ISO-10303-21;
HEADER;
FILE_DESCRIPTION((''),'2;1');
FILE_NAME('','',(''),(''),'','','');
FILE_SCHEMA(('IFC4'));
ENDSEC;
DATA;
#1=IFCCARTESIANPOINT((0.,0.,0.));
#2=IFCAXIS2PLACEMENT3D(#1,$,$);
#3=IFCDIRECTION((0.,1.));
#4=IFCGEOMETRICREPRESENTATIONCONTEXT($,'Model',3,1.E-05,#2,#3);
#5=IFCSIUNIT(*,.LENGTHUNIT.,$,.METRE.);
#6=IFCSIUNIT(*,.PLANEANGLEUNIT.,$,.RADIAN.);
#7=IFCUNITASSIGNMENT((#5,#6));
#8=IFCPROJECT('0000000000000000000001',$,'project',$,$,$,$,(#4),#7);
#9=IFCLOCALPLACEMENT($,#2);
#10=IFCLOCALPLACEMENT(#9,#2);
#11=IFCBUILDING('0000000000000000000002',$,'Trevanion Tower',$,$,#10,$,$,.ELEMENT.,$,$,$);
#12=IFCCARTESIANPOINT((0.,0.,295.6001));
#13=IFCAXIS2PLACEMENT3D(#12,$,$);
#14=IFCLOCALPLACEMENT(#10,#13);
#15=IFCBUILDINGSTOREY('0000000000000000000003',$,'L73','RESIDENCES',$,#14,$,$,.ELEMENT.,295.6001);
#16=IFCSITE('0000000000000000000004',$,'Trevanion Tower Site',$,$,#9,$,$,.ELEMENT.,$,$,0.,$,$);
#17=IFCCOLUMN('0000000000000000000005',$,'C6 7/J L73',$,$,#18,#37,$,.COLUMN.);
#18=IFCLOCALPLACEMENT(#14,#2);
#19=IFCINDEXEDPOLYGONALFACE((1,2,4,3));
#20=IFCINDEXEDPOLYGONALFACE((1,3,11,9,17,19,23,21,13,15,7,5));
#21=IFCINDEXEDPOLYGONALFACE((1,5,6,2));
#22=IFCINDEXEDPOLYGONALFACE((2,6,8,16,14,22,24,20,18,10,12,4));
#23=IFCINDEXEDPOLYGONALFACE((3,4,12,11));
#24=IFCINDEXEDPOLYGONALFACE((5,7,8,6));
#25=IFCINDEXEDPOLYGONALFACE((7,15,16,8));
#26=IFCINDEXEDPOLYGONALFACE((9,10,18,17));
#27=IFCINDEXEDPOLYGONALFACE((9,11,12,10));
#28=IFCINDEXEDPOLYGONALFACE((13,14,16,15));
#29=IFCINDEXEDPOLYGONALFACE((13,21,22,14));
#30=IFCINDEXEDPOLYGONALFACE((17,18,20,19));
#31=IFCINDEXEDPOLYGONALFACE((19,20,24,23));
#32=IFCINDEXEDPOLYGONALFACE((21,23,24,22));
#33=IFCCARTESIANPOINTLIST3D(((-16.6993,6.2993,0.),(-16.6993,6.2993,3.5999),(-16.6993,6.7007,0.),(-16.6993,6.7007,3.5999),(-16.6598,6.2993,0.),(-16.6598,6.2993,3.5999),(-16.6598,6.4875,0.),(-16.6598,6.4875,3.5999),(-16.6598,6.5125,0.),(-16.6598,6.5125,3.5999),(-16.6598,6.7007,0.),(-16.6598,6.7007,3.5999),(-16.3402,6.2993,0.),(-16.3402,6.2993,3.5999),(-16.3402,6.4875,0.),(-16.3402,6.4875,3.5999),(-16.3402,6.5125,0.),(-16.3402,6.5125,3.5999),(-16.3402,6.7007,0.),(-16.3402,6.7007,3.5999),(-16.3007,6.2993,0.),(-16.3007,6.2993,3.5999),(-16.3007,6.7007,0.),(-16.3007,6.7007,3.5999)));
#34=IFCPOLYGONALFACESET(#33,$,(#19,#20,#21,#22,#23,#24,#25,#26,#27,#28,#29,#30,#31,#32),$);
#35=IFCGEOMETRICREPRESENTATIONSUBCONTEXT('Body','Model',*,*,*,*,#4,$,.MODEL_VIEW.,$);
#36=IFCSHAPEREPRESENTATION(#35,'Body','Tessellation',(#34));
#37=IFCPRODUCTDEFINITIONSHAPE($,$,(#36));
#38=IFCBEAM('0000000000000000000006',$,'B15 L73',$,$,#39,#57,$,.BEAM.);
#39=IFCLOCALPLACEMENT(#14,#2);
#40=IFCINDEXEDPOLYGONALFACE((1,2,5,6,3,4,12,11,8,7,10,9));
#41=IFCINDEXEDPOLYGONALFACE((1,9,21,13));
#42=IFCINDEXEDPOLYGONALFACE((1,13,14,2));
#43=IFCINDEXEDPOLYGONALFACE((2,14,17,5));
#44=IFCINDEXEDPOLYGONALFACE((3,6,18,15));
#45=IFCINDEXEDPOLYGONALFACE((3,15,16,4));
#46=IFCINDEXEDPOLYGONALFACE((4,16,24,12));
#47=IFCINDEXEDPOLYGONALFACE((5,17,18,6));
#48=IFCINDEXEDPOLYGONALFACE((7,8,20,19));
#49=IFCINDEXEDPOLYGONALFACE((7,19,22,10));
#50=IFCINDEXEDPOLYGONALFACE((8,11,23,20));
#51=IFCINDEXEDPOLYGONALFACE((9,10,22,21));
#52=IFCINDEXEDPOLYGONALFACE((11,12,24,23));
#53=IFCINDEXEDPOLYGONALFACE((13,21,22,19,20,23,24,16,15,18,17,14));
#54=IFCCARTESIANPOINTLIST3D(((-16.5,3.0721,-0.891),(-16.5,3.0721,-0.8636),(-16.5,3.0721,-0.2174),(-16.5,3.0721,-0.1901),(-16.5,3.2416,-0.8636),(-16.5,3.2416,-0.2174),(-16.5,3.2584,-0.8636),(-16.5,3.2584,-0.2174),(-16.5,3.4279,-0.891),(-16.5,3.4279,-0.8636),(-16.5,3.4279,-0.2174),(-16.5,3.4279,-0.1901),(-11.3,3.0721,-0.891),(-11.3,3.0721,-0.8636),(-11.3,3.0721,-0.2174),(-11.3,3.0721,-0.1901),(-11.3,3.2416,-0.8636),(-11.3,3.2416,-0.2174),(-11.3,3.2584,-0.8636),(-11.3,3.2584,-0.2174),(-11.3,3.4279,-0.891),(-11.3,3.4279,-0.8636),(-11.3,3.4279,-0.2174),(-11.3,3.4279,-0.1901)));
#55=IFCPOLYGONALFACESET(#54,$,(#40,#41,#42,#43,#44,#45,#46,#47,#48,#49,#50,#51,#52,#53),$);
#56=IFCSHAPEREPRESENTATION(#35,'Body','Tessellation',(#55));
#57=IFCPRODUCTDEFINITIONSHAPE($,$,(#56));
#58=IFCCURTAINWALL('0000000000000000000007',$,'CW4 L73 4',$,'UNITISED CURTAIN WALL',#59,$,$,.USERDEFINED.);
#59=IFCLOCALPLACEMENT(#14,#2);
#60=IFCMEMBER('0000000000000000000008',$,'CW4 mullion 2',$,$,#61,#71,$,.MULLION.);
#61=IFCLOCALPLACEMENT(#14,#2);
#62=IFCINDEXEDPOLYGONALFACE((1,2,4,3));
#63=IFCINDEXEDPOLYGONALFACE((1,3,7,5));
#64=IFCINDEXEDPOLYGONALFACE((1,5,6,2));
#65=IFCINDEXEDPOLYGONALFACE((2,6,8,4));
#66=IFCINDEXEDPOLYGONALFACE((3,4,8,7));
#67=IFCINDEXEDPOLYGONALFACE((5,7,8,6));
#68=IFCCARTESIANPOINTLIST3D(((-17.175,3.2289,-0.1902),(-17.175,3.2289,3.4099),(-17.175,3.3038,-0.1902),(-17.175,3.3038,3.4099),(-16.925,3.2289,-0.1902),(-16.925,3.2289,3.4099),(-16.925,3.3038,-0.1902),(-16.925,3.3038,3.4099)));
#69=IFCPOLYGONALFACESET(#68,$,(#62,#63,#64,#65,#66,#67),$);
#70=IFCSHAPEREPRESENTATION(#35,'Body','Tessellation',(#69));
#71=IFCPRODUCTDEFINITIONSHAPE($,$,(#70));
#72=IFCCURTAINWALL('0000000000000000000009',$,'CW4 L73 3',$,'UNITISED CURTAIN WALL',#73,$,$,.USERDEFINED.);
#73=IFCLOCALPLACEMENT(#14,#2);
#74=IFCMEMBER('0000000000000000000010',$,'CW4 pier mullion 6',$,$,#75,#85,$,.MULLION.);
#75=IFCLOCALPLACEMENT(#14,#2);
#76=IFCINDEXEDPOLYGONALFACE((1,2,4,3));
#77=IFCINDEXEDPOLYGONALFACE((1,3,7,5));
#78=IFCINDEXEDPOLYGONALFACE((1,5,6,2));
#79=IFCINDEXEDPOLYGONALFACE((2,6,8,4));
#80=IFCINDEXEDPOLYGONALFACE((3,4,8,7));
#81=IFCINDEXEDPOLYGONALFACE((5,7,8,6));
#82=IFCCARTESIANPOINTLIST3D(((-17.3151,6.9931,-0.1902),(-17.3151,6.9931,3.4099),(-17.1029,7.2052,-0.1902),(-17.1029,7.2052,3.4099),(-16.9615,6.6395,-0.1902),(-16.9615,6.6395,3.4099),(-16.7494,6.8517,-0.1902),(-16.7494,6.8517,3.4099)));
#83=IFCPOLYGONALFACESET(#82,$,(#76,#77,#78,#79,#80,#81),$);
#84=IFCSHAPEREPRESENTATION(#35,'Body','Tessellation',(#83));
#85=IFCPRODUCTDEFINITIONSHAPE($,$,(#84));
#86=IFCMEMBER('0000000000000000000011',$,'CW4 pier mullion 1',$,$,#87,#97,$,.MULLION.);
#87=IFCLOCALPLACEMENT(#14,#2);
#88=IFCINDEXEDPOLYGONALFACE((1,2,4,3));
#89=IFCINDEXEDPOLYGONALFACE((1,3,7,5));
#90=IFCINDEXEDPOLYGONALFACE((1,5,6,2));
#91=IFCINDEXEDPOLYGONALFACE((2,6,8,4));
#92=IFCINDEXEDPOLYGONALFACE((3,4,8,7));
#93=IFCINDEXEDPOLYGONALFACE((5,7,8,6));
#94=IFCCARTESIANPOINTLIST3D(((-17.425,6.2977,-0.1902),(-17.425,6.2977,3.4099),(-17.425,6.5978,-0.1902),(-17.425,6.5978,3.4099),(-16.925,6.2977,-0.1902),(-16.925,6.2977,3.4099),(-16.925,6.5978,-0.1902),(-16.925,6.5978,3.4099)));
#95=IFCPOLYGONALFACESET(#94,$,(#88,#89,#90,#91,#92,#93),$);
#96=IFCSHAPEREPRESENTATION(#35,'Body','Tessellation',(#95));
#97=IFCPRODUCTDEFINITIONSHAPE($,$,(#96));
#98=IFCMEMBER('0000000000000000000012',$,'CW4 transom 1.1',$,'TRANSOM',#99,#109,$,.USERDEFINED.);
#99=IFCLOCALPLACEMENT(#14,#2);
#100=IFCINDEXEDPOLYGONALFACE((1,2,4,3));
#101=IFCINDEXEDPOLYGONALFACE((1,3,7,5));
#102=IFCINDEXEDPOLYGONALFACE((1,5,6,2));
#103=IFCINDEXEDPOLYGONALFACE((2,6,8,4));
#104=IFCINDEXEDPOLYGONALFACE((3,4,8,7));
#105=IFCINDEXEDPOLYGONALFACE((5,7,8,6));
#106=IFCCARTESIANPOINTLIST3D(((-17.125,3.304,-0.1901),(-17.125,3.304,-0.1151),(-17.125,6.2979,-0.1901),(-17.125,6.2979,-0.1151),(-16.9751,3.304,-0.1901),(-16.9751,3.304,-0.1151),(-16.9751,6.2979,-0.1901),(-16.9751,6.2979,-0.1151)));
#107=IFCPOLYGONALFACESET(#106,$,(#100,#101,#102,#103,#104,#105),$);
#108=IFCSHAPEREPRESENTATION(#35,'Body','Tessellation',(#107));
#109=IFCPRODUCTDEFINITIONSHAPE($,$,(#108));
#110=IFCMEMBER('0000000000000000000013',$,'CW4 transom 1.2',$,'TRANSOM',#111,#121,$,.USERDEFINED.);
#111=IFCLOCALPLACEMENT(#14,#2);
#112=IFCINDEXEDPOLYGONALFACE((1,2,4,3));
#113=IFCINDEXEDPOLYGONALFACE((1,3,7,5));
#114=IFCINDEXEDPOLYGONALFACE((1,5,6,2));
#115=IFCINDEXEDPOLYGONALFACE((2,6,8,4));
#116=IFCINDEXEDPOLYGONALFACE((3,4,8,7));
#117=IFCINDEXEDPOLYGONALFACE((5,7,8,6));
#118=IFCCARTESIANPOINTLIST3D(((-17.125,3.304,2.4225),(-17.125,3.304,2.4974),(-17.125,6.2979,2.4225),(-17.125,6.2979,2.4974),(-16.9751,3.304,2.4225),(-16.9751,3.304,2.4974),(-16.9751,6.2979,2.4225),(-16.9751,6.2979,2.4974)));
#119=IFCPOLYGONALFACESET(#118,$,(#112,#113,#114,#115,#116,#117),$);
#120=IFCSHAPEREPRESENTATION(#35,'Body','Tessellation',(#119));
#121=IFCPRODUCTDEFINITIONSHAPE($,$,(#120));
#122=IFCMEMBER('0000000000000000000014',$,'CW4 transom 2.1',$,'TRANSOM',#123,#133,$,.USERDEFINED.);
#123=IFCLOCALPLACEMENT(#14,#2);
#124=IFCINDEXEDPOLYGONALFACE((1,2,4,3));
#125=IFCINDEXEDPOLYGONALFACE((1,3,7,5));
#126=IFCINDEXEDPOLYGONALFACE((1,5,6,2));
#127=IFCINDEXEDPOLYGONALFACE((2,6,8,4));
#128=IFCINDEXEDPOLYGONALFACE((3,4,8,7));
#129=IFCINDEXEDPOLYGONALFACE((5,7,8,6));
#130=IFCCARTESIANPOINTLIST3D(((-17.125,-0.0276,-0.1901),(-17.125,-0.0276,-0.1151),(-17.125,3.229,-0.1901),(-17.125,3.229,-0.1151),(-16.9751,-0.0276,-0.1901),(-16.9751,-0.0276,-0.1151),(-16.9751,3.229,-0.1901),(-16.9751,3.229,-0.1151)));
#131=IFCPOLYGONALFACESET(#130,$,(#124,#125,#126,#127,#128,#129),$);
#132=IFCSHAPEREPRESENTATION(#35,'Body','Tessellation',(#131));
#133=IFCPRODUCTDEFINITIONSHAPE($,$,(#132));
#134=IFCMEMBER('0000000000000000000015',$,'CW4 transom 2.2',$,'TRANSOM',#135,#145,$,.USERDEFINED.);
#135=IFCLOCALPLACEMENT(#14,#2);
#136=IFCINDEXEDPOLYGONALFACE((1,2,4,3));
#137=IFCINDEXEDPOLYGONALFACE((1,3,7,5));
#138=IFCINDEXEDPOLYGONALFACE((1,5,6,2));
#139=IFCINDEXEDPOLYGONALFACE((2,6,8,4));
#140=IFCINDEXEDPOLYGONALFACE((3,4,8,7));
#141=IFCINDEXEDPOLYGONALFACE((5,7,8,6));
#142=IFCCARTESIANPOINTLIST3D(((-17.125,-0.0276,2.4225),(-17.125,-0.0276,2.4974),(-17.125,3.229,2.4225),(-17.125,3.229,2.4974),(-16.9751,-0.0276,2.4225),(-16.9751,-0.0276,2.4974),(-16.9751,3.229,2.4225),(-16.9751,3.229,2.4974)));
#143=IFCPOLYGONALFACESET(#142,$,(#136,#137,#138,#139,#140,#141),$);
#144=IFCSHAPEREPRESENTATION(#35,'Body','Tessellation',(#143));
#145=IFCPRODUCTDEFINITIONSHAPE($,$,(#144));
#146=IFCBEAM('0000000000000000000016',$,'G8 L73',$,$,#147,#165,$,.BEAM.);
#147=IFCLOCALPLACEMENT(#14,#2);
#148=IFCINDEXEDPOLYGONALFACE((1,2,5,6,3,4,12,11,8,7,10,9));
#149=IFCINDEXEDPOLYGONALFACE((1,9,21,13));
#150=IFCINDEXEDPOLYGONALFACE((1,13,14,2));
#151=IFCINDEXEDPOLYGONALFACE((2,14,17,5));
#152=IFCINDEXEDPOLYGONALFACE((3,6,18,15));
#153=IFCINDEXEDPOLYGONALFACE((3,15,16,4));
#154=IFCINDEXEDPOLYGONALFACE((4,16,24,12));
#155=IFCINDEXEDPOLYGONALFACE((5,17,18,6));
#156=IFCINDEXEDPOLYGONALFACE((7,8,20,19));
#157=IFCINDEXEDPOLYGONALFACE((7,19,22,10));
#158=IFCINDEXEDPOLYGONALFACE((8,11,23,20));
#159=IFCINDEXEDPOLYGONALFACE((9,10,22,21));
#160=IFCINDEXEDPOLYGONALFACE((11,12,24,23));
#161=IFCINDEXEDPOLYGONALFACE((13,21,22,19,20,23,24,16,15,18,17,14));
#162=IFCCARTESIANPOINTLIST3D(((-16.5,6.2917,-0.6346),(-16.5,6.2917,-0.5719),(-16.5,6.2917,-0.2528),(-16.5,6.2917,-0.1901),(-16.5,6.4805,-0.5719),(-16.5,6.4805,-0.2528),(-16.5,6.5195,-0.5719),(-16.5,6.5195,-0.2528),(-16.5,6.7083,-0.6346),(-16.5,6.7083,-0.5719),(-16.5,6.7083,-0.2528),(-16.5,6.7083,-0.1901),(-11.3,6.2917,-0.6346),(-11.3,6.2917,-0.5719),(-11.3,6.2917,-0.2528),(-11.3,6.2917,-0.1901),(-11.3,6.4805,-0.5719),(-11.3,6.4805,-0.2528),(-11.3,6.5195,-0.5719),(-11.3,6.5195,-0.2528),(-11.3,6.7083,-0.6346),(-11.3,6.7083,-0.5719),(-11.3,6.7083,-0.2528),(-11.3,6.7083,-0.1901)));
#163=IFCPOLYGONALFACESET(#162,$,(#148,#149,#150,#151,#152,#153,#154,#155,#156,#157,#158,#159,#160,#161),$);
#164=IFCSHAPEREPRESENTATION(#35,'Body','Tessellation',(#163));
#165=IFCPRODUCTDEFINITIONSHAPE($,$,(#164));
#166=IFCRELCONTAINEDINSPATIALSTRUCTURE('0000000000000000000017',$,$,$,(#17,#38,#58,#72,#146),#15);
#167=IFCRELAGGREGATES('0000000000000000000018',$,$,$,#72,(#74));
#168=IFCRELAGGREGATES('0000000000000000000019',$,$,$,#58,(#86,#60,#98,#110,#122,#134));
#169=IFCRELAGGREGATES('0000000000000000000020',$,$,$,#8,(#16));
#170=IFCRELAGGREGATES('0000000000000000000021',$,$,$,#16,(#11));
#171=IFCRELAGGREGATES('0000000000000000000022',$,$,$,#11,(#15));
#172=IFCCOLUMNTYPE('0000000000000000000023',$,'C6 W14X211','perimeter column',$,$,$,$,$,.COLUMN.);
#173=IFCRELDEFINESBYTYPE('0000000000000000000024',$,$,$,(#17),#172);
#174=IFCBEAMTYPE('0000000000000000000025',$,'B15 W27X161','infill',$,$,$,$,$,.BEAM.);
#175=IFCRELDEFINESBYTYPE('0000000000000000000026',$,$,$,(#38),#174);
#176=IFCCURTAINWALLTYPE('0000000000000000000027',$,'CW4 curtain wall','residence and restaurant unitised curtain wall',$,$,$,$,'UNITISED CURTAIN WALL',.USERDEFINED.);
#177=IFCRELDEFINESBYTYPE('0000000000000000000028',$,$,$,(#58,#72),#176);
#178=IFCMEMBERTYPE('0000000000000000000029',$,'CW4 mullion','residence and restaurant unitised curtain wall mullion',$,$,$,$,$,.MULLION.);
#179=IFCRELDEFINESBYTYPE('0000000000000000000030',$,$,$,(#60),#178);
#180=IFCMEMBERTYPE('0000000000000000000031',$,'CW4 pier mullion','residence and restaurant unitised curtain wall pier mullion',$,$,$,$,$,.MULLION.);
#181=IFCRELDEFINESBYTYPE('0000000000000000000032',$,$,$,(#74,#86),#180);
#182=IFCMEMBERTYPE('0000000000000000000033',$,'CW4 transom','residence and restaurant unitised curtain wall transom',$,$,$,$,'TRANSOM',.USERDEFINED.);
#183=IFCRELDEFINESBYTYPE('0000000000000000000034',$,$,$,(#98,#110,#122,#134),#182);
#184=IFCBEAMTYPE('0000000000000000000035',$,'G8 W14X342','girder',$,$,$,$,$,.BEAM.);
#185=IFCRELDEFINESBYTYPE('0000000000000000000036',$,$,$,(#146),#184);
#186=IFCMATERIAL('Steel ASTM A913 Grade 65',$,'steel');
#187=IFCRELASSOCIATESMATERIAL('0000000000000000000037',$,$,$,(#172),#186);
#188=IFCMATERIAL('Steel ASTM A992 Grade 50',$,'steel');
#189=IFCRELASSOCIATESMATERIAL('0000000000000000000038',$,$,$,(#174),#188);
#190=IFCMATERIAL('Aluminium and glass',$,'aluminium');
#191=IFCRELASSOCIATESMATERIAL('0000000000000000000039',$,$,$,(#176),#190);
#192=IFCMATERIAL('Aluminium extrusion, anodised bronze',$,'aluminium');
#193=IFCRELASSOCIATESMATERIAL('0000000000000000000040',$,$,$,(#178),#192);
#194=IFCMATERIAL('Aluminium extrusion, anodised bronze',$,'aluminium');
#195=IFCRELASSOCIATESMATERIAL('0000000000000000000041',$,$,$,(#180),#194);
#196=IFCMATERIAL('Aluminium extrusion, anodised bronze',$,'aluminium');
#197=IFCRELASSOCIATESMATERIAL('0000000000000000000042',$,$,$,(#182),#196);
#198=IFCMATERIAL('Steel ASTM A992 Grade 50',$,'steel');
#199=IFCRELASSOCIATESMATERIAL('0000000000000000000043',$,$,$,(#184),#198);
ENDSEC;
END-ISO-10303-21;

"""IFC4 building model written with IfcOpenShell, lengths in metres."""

from ifc_helpers import new_model, si_unit, direction, frame, origin, origin_2d, place, context, subcontext, project, spatial, rectangle, i_section, extrude, material, material_profile, profile_set, type_object, element, aggregate, save


model = new_model("IFC4")

# Units and contexts
model_context = context("Model", 3, precision=1e-05, world=origin(), true_north=direction((0.0, 1.0)))
body_context = subcontext(model_context, "Body", "Model", "MODEL_VIEW")
ifc_project = project(units=[si_unit("LENGTHUNIT", "METRE"), si_unit("PLANEANGLEUNIT", "RADIAN")], contexts=[model_context])

# Site, building, storey
site_placement = place(None, origin())
site = spatial("IfcSite", under=ifc_project, at=site_placement, Name="Trevanion Tower Site", CompositionType="ELEMENT", RefElevation=0.0)
building_placement = place(site_placement, origin())
building = spatial("IfcBuilding", under=site, at=building_placement, Name="Trevanion Tower", CompositionType="ELEMENT")
storey_placement = place(building_placement, frame((0.0, 0.0, 295.6001)))
storey = spatial("IfcBuildingStorey", under=building, at=storey_placement, Name="L73", Description="RESIDENCES", CompositionType="ELEMENT", Elevation=295.6001)

# Column
ifc_material_1 = material(Name="Steel ASTM A913 Grade 65", Category="steel")
ifc_material_profile_1 = material_profile(ifc_material_1, i_section(OverallWidth=0.4014, OverallDepth=0.3987, WebThickness=0.0249, FlangeThickness=0.0396, at=origin_2d()), Name="W14X211")
ifc_profile_set_1 = profile_set([ifc_material_profile_1], Name="Steel ASTM A913 Grade 65")
column_type = type_object("IfcColumnType", Name="C6 W14X211", Description="perimeter column", PredefinedType="COLUMN", material=ifc_profile_set_1)
column_placement = place(storey_placement, frame((-16.5, 6.5, 0.0), z_axis=(0.0, 0.0, 1.0), x_axis=(0.0, 1.0, 0.0)))
element("IfcColumn", 1, at=column_placement, inside=storey, type_object=column_type, Name="C6 7/J L73", PredefinedType="COLUMN", context=body_context, shape_type="SweptSolid", body=[
    extrude(i_section(OverallWidth=0.4014, OverallDepth=0.3987, WebThickness=0.0249, FlangeThickness=0.0396, at=origin_2d()), origin(), (0.0, 0.0, 1.0), 3.5999),
])

# Beam
ifc_material_2 = material(Name="Steel ASTM A992 Grade 50", Category="steel")
ifc_material_profile_2 = material_profile(ifc_material_2, i_section(OverallWidth=0.3557, OverallDepth=0.7009, WebThickness=0.0168, FlangeThickness=0.0273, at=origin_2d()), Name="W27X161")
ifc_profile_set_2 = profile_set([ifc_material_profile_2], Name="Steel ASTM A992 Grade 50")
beam_type_1 = type_object("IfcBeamType", Name="B15 W27X161", Description="infill", PredefinedType="BEAM", material=ifc_profile_set_2)
beam_1_placement = place(storey_placement, frame((-11.3, 3.25, -0.5405), z_axis=(-1.0, 0.0, 0.0), x_axis=(0.0, -1.0, 0.0)))
element("IfcBeam", 2, at=beam_1_placement, inside=storey, type_object=beam_type_1, Name="B15 L73", PredefinedType="BEAM", context=body_context, shape_type="SweptSolid", body=[
    extrude(i_section(OverallWidth=0.3557, OverallDepth=0.7009, WebThickness=0.0168, FlangeThickness=0.0273, at=origin_2d()), origin(), (0.0, 0.0, 1.0), 5.2),
])

# Curtain walls, members
ifc_material_3 = material(Name="Aluminium and glass", Category="aluminium")
curtain_wall_type = type_object("IfcCurtainWallType", Name="CW4 curtain wall", Description="residence and restaurant unitised curtain wall", ElementType="UNITISED CURTAIN WALL", PredefinedType="USERDEFINED", material=ifc_material_3)
curtain_wall_1_placement = place(storey_placement, origin())
curtain_wall_1 = element("IfcCurtainWall", 3, at=curtain_wall_1_placement, inside=storey, type_object=curtain_wall_type, Name="CW4 L73 4", ObjectType="UNITISED CURTAIN WALL", PredefinedType="USERDEFINED")
ifc_material_4 = material(Name="Aluminium extrusion, anodised bronze", Category="aluminium")
ifc_material_profile_3 = material_profile(ifc_material_4, rectangle(XDim=0.075, YDim=0.25, at=origin_2d()), Name="CW4 mullion")
ifc_profile_set_3 = profile_set([ifc_material_profile_3], Name="Aluminium extrusion, anodised bronze")
member_type_1 = type_object("IfcMemberType", Name="CW4 mullion", Description="residence and restaurant unitised curtain wall mullion", PredefinedType="MULLION", material=ifc_profile_set_3)
member_1_placement = place(storey_placement, frame((-17.05, 3.2664, -0.1902), z_axis=(0.0, 0.0, 1.0), x_axis=(0.0, -1.0, 0.0)))
member_1 = element("IfcMember", 4, at=member_1_placement, type_object=member_type_1, Name="CW4 mullion 2", PredefinedType="MULLION", context=body_context, shape_type="SweptSolid", body=[
    extrude(rectangle(XDim=0.075, YDim=0.25, at=origin_2d()), origin(), (0.0, 0.0, 1.0), 3.6001),
])
curtain_wall_2_placement = place(storey_placement, origin())
curtain_wall_2 = element("IfcCurtainWall", 5, at=curtain_wall_2_placement, inside=storey, type_object=curtain_wall_type, Name="CW4 L73 3", ObjectType="UNITISED CURTAIN WALL", PredefinedType="USERDEFINED")
ifc_material_5 = material(Name="Aluminium extrusion, anodised bronze", Category="aluminium")
ifc_material_profile_4 = material_profile(ifc_material_5, rectangle(XDim=0.3, YDim=0.5, at=origin_2d()), Name="CW4 pier mullion")
ifc_profile_set_4 = profile_set([ifc_material_profile_4], Name="Aluminium extrusion, anodised bronze")
member_type_2 = type_object("IfcMemberType", Name="CW4 pier mullion", Description="residence and restaurant unitised curtain wall pier mullion", PredefinedType="MULLION", material=ifc_profile_set_4)
member_2_placement = place(storey_placement, frame((-17.0322, 6.9224, -0.1902), z_axis=(0.0, 0.0, 1.0), x_axis=(-0.707107, -0.707107, 0.0)))
member_2 = element("IfcMember", 6, at=member_2_placement, type_object=member_type_2, Name="CW4 pier mullion 6", PredefinedType="MULLION", context=body_context, shape_type="SweptSolid", body=[
    extrude(rectangle(XDim=0.3, YDim=0.5, at=origin_2d()), origin(), (0.0, 0.0, 1.0), 3.6001),
])

# Members
member_3_placement = place(storey_placement, frame((-17.175, 6.4478, -0.1902), z_axis=(0.0, 0.0, 1.0), x_axis=(0.0, -1.0, 0.0)))
member_3 = element("IfcMember", 7, at=member_3_placement, type_object=member_type_2, Name="CW4 pier mullion 1", PredefinedType="MULLION", context=body_context, shape_type="SweptSolid", body=[
    extrude(rectangle(XDim=0.3, YDim=0.5, at=origin_2d()), origin(), (0.0, 0.0, 1.0), 3.6001),
])
ifc_material_6 = material(Name="Aluminium extrusion, anodised bronze", Category="aluminium")
ifc_material_profile_5 = material_profile(ifc_material_6, rectangle(XDim=0.1499, YDim=0.075, at=origin_2d()), Name="CW4 transom")
ifc_profile_set_5 = profile_set([ifc_material_profile_5], Name="Aluminium extrusion, anodised bronze")
member_type_3 = type_object("IfcMemberType", Name="CW4 transom", Description="residence and restaurant unitised curtain wall transom", ElementType="TRANSOM", PredefinedType="USERDEFINED", material=ifc_profile_set_5)
member_4_placement = place(storey_placement, frame((-17.05, 6.2979, -0.1526), z_axis=(0.0, -1.0, 0.0), x_axis=(1.0, 0.0, 0.0)))
member_4 = element("IfcMember", 8, at=member_4_placement, type_object=member_type_3, Name="CW4 transom 1.1", ObjectType="TRANSOM", PredefinedType="USERDEFINED", context=body_context, shape_type="SweptSolid", body=[
    extrude(rectangle(XDim=0.1499, YDim=0.075, at=origin_2d()), origin(), (0.0, 0.0, 1.0), 2.9939),
])
member_5_placement = place(storey_placement, frame((-17.05, 6.2979, 2.46), z_axis=(0.0, -1.0, 0.0), x_axis=(1.0, 0.0, 0.0)))
member_5 = element("IfcMember", 9, at=member_5_placement, type_object=member_type_3, Name="CW4 transom 1.2", ObjectType="TRANSOM", PredefinedType="USERDEFINED", context=body_context, shape_type="SweptSolid", body=[
    extrude(rectangle(XDim=0.1499, YDim=0.075, at=origin_2d()), origin(), (0.0, 0.0, 1.0), 2.9939),
])
member_6_placement = place(storey_placement, frame((-17.05, 3.229, -0.1526), z_axis=(0.0, -1.0, 0.0), x_axis=(1.0, 0.0, 0.0)))
member_6 = element("IfcMember", 10, at=member_6_placement, type_object=member_type_3, Name="CW4 transom 2.1", ObjectType="TRANSOM", PredefinedType="USERDEFINED", context=body_context, shape_type="SweptSolid", body=[
    extrude(rectangle(XDim=0.1499, YDim=0.075, at=origin_2d()), origin(), (0.0, 0.0, 1.0), 3.2566),
])
member_7_placement = place(storey_placement, frame((-17.05, 3.229, 2.46), z_axis=(0.0, -1.0, 0.0), x_axis=(1.0, 0.0, 0.0)))
member_7 = element("IfcMember", 11, at=member_7_placement, type_object=member_type_3, Name="CW4 transom 2.2", ObjectType="TRANSOM", PredefinedType="USERDEFINED", context=body_context, shape_type="SweptSolid", body=[
    extrude(rectangle(XDim=0.1499, YDim=0.075, at=origin_2d()), origin(), (0.0, 0.0, 1.0), 3.2566),
])

# Beam
ifc_material_7 = material(Name="Steel ASTM A992 Grade 50", Category="steel")
ifc_material_profile_6 = material_profile(ifc_material_7, i_section(OverallWidth=0.4165, OverallDepth=0.4446, WebThickness=0.0391, FlangeThickness=0.0627, at=origin_2d()), Name="W14X342")
ifc_profile_set_6 = profile_set([ifc_material_profile_6], Name="Steel ASTM A992 Grade 50")
beam_type_2 = type_object("IfcBeamType", Name="G8 W14X342", Description="girder", PredefinedType="BEAM", material=ifc_profile_set_6)
beam_2_placement = place(storey_placement, frame((-11.3, 6.5, -0.4124), z_axis=(-1.0, 0.0, 0.0), x_axis=(0.0, -1.0, 0.0)))
element("IfcBeam", 12, at=beam_2_placement, inside=storey, type_object=beam_type_2, Name="G8 L73", PredefinedType="BEAM", context=body_context, shape_type="SweptSolid", body=[
    extrude(i_section(OverallWidth=0.4165, OverallDepth=0.4446, WebThickness=0.0391, FlangeThickness=0.0627, at=origin_2d()), origin(), (0.0, 0.0, 1.0), 5.2),
])

aggregate(curtain_wall_2, [member_2])
aggregate(curtain_wall_1, [member_3, member_1, member_4, member_5, member_6, member_7])

save(model, "model.ifc")
